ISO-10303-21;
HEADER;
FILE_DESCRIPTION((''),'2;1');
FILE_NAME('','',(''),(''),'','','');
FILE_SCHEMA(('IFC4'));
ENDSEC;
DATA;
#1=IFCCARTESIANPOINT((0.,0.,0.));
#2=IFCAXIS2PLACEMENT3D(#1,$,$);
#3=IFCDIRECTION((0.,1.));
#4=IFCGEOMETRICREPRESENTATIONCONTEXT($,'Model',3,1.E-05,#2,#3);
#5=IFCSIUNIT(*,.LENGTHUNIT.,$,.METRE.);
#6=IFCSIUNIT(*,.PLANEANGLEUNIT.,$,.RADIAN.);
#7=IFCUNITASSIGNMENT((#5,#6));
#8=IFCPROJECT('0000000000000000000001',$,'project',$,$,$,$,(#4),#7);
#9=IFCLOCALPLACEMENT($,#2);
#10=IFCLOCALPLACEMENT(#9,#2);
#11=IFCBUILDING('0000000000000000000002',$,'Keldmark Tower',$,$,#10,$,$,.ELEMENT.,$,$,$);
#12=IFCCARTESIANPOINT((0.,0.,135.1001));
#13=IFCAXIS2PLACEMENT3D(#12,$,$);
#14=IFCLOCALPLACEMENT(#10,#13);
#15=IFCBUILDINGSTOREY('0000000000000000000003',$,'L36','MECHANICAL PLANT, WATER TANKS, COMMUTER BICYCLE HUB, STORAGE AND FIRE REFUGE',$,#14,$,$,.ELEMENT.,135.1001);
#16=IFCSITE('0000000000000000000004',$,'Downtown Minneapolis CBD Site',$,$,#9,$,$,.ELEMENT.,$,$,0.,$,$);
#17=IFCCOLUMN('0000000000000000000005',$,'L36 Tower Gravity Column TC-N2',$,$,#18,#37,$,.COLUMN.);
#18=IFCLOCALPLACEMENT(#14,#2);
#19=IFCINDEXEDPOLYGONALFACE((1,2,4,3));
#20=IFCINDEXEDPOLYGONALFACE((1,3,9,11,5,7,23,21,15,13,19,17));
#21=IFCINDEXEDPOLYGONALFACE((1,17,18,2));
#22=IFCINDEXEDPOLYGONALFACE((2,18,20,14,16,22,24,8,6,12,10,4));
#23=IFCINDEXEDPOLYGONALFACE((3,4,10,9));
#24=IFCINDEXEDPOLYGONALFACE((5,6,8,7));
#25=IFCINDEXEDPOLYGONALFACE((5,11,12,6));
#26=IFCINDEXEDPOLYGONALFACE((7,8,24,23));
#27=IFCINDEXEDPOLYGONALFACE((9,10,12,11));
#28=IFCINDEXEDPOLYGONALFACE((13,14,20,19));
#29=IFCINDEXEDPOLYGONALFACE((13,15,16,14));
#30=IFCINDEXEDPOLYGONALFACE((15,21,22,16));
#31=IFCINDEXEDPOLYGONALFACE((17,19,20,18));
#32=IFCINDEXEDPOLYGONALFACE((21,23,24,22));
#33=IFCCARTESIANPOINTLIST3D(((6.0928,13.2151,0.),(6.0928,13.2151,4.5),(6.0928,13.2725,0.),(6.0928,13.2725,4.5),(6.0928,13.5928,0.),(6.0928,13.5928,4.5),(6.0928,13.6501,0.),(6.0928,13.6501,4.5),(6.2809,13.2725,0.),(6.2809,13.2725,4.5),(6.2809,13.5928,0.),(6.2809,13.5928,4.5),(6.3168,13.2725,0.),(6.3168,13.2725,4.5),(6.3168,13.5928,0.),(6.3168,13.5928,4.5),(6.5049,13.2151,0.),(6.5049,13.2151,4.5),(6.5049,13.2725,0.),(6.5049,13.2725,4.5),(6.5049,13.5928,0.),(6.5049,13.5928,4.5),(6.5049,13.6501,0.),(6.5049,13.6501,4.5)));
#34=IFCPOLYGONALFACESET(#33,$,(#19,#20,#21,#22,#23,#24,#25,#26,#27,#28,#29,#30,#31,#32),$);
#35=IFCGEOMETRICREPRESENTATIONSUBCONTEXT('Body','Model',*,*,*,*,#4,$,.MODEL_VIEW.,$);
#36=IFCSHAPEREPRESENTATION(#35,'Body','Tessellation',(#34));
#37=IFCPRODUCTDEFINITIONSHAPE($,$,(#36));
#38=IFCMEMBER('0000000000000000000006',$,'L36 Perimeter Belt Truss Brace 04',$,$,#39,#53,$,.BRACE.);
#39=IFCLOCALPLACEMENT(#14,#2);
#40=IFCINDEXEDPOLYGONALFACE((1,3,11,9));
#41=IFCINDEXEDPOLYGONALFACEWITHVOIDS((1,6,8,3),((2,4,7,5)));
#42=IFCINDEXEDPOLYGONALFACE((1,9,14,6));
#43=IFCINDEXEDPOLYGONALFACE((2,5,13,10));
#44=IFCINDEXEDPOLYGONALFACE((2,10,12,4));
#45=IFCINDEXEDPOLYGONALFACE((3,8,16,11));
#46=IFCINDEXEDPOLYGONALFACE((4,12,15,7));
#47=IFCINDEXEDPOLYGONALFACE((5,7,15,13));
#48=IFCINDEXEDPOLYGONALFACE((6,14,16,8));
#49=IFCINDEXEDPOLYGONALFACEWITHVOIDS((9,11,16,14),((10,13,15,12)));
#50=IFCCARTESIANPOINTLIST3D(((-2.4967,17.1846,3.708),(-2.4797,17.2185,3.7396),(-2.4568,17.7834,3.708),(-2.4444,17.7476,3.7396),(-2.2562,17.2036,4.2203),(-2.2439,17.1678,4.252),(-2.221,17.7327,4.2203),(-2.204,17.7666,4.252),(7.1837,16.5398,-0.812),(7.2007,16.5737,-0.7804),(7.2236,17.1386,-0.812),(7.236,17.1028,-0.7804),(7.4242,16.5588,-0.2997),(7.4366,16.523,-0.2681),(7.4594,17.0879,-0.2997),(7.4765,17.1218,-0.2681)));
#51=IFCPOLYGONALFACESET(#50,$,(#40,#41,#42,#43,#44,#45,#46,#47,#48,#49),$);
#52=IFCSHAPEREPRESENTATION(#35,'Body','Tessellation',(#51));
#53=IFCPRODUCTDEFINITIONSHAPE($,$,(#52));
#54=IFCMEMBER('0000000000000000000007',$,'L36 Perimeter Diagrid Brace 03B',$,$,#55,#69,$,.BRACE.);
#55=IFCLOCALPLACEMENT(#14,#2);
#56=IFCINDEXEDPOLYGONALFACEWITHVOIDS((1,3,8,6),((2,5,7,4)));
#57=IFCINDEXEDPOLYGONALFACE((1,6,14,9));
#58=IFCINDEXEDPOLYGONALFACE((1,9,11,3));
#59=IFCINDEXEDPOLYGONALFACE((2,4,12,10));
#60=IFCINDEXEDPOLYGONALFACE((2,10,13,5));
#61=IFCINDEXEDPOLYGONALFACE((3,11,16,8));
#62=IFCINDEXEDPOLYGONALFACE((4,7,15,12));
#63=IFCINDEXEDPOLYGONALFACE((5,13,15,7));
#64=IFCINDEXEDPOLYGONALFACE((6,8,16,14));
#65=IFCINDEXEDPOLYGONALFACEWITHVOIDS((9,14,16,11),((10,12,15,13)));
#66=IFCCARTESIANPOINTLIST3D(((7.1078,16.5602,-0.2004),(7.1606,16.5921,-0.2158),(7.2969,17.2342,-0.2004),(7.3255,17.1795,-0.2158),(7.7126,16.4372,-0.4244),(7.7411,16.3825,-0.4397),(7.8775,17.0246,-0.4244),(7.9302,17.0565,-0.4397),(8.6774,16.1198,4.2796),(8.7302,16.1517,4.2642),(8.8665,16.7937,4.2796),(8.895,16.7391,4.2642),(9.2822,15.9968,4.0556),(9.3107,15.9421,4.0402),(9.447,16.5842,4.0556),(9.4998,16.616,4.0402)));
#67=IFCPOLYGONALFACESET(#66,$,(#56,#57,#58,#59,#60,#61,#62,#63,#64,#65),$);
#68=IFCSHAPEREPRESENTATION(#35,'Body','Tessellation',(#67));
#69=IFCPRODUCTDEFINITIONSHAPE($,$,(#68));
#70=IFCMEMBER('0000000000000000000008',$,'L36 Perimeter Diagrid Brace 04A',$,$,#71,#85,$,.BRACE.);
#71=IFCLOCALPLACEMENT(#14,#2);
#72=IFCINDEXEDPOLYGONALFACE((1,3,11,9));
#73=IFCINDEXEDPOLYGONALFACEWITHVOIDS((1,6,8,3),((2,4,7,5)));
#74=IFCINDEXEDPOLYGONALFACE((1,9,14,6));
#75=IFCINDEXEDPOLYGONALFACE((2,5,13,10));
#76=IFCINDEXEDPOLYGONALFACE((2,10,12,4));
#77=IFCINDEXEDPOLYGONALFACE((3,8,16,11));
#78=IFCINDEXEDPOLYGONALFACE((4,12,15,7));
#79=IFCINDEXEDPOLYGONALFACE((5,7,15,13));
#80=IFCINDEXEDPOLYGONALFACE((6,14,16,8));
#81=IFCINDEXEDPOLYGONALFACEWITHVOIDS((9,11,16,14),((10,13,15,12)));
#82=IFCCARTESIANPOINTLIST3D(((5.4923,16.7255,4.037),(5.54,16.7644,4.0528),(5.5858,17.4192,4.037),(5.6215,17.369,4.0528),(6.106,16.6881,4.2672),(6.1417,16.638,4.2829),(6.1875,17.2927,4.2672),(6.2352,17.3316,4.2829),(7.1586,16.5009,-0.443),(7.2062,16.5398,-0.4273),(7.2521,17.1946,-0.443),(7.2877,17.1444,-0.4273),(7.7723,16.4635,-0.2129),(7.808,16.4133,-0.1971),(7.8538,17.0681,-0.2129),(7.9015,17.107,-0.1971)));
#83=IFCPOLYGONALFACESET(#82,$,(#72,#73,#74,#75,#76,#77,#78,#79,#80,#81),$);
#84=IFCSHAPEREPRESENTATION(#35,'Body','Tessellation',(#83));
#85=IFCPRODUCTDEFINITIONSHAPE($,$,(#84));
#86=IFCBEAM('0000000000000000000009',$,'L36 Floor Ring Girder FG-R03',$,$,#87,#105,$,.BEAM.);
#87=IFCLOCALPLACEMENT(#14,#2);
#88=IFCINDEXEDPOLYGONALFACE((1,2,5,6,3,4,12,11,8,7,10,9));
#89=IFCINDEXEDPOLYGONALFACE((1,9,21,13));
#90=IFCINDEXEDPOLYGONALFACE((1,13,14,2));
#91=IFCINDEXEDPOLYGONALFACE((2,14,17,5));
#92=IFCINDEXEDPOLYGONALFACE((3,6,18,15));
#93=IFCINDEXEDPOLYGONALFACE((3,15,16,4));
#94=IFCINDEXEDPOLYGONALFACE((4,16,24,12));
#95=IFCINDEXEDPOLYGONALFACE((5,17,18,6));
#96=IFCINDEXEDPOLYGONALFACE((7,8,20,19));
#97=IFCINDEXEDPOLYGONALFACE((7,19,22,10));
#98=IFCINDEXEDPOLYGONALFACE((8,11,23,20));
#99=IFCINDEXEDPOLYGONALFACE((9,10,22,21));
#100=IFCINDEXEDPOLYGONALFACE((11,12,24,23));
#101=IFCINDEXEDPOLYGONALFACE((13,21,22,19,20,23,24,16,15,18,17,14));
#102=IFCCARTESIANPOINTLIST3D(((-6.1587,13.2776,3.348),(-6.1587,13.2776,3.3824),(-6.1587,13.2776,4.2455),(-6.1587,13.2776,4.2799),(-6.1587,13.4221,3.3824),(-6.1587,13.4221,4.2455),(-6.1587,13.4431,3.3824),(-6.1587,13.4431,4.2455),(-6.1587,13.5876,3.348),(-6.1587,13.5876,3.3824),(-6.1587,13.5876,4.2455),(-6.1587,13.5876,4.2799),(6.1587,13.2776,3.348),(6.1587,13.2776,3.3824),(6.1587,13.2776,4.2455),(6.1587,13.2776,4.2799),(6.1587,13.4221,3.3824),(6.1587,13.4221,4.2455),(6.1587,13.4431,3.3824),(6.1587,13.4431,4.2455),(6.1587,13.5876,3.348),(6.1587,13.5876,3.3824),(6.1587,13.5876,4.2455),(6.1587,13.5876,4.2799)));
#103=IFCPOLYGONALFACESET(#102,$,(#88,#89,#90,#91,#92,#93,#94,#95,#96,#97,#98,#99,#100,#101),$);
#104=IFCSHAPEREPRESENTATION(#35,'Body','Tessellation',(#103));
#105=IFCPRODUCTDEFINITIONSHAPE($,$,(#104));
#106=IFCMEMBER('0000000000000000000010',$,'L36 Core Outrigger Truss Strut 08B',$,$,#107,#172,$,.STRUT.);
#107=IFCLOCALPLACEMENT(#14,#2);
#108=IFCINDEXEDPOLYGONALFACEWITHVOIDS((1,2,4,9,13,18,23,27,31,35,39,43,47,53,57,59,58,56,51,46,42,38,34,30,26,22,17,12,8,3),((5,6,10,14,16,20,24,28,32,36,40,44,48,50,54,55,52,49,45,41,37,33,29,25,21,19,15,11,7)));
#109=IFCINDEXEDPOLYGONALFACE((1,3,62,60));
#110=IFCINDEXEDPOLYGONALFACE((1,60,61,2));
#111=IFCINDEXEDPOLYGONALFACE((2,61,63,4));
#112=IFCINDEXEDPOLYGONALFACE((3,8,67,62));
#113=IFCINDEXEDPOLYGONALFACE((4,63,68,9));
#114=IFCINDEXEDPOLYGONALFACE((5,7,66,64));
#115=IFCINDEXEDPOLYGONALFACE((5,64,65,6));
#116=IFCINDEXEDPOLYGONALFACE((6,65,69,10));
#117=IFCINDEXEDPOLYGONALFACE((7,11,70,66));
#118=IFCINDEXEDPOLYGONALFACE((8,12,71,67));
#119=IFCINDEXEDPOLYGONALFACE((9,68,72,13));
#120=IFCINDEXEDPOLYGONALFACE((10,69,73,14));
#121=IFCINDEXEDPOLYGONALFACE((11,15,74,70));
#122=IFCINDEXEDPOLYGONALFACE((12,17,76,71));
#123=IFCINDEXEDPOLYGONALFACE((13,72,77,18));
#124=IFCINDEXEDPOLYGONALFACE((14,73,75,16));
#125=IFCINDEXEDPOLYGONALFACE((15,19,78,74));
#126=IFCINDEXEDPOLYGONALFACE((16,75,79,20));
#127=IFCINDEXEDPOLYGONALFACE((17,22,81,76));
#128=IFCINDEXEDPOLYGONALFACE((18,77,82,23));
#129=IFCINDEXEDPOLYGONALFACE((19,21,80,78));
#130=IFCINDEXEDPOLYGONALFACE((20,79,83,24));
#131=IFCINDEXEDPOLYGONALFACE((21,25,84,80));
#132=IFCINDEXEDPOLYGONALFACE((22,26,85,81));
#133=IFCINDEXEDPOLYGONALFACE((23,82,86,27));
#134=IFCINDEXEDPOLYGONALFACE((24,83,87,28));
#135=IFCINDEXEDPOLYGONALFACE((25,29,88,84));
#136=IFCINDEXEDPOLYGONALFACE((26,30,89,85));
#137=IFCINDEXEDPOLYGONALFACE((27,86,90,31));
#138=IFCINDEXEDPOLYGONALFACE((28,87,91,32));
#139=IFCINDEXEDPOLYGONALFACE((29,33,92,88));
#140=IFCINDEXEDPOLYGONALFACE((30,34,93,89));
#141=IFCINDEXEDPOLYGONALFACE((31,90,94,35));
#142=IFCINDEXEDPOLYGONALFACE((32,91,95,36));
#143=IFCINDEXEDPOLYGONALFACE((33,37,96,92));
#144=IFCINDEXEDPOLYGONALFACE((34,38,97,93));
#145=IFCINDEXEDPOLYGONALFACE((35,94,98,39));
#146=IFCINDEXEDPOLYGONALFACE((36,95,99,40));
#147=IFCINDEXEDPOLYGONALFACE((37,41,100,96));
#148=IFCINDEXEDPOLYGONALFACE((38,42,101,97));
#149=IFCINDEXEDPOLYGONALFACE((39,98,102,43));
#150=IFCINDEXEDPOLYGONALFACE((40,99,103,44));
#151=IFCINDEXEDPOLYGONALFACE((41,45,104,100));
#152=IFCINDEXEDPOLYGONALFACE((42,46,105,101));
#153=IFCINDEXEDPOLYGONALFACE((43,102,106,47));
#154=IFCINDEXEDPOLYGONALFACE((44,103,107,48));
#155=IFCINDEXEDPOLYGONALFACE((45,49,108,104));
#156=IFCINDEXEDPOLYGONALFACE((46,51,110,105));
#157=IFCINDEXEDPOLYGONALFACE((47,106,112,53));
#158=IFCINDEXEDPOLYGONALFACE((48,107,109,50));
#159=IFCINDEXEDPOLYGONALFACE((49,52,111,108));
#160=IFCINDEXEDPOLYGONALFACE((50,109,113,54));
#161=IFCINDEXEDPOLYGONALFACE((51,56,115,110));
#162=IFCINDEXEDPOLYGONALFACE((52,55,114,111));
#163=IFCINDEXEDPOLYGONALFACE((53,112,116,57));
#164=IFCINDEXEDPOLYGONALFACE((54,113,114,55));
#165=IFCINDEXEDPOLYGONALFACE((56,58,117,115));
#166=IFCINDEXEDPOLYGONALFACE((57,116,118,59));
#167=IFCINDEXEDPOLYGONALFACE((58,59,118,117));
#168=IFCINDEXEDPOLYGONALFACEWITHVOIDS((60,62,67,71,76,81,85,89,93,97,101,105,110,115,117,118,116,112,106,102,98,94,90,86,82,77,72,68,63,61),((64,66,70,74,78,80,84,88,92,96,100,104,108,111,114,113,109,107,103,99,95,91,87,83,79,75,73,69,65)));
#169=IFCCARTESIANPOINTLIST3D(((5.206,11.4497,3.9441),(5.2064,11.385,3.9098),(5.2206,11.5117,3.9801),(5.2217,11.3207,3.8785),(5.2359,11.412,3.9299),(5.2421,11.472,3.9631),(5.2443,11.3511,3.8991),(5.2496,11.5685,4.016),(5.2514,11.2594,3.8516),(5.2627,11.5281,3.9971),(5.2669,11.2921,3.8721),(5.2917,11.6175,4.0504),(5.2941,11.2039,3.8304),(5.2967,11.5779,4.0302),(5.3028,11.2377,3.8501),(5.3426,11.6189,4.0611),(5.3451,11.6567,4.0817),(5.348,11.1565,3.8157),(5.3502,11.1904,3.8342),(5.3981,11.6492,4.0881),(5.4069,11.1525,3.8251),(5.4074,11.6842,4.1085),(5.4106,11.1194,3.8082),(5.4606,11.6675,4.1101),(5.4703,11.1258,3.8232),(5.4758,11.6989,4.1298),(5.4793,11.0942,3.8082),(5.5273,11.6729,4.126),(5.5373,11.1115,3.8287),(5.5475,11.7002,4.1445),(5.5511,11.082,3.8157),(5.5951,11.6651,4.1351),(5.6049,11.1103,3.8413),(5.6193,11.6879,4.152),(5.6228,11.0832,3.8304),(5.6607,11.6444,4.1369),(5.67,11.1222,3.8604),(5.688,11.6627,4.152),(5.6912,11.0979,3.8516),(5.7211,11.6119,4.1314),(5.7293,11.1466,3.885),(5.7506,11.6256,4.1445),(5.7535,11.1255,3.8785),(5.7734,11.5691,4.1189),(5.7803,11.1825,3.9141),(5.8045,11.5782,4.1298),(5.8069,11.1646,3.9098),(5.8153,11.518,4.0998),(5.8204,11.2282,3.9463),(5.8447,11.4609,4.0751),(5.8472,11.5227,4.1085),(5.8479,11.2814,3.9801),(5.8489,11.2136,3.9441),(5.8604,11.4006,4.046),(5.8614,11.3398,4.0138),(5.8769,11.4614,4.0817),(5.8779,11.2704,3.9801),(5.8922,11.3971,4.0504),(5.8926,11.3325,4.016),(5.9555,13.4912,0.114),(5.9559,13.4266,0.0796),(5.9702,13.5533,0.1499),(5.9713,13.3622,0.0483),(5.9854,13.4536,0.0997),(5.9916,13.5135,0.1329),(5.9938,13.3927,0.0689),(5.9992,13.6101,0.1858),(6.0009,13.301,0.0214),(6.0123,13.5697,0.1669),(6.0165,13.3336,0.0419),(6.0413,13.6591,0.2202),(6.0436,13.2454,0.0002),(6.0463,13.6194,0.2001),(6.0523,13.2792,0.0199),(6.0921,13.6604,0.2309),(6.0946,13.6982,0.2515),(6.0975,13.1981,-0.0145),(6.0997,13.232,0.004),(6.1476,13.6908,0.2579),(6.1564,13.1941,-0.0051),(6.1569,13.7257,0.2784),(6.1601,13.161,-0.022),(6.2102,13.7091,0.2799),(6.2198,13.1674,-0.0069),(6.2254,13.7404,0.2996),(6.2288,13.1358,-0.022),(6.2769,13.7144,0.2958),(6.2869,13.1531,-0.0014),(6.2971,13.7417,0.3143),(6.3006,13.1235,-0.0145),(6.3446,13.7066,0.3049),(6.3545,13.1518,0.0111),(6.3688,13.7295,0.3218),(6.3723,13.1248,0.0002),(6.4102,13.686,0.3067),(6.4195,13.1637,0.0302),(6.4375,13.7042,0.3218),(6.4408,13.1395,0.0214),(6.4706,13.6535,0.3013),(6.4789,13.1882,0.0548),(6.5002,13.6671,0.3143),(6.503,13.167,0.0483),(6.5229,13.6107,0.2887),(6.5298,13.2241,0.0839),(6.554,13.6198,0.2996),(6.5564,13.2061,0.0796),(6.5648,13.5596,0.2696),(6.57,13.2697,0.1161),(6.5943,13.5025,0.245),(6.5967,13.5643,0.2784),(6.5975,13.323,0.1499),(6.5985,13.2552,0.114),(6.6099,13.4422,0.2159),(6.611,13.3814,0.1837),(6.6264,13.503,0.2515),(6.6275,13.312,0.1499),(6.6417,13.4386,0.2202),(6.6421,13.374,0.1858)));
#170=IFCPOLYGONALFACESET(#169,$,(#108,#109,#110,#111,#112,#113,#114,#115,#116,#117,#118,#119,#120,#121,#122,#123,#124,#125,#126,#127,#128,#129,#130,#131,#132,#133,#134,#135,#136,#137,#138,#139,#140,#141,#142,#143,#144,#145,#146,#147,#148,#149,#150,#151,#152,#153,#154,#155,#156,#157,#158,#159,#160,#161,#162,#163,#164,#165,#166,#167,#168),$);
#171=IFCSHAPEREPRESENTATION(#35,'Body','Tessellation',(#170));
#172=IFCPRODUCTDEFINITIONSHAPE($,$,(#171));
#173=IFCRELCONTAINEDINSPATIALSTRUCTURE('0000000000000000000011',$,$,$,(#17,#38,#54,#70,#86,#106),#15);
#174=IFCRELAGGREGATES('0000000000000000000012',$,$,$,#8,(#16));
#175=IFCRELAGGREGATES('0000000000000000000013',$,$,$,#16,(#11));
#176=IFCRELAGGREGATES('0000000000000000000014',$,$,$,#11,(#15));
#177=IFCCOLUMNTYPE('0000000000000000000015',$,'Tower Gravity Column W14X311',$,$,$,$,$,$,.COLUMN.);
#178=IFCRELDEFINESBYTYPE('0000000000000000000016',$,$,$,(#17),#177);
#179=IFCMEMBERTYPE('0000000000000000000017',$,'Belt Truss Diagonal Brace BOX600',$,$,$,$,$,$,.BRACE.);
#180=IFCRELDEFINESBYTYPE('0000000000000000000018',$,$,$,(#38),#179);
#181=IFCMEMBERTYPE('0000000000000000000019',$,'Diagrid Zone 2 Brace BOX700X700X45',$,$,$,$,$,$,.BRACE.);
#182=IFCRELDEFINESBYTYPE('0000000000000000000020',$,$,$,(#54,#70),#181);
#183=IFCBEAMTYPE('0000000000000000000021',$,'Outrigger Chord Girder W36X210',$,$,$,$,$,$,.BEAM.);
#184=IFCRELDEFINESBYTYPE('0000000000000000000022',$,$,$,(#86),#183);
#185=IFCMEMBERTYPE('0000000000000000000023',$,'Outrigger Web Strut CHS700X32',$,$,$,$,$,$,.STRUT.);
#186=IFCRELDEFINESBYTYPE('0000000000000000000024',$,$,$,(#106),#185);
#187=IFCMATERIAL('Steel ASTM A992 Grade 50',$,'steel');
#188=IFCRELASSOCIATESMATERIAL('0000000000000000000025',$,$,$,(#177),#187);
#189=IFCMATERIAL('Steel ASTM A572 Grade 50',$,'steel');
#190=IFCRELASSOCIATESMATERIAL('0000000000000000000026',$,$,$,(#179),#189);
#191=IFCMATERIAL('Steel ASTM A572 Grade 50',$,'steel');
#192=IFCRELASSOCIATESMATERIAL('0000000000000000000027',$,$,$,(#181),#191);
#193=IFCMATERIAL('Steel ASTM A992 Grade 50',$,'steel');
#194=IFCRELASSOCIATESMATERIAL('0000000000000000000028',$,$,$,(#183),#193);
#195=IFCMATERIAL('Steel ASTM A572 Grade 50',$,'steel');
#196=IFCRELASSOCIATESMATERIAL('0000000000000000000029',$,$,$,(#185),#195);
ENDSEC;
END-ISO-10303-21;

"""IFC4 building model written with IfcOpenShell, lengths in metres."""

from ifc_helpers import new_model, si_unit, direction, frame, origin, origin_2d, place, context, subcontext, project, spatial, hollow_rectangle, hollow_circle, i_section, extrude, material, material_profile, profile_set, type_object, element, save


model = new_model("IFC4")

# Units and contexts
model_context = context("Model", 3, precision=1e-05, world=origin(), true_north=direction((0.0, 1.0)))
body_context = subcontext(model_context, "Body", "Model", "MODEL_VIEW")
ifc_project = project(units=[si_unit("LENGTHUNIT", "METRE"), si_unit("PLANEANGLEUNIT", "RADIAN")], contexts=[model_context])

# Site, building, storey
site_placement = place(None, origin())
site = spatial("IfcSite", under=ifc_project, at=site_placement, Name="Downtown Minneapolis CBD Site", CompositionType="ELEMENT", RefElevation=0.0)
building_placement = place(site_placement, origin())
building = spatial("IfcBuilding", under=site, at=building_placement, Name="Keldmark Tower", CompositionType="ELEMENT")
storey_placement = place(building_placement, frame((0.0, 0.0, 135.1001)))
storey = spatial("IfcBuildingStorey", under=building, at=storey_placement, Name="L36", Description="MECHANICAL PLANT, WATER TANKS, COMMUTER BICYCLE HUB, STORAGE AND FIRE REFUGE", CompositionType="ELEMENT", Elevation=135.1001)

# Column
ifc_material_1 = material(Name="Steel ASTM A992 Grade 50", Category="steel")
ifc_material_profile_1 = material_profile(ifc_material_1, i_section(OverallWidth=0.4121, OverallDepth=0.4351, WebThickness=0.0359, FlangeThickness=0.0574, at=origin_2d()), Name="W14X311")
ifc_profile_set_1 = profile_set([ifc_material_profile_1], Name="Steel ASTM A992 Grade 50")
column_type = type_object("IfcColumnType", Name="Tower Gravity Column W14X311", PredefinedType="COLUMN", material=ifc_profile_set_1)
column_placement = place(storey_placement, frame((6.2988, 13.4326, 0.0), z_axis=(0.0, 0.0, 1.0), x_axis=(1.0, 0.0, 0.0)))
element("IfcColumn", 1, at=column_placement, inside=storey, type_object=column_type, Name="L36 Tower Gravity Column TC-N2", PredefinedType="COLUMN", context=body_context, shape_type="SweptSolid", body=[
    extrude(i_section(OverallWidth=0.4121, OverallDepth=0.4351, WebThickness=0.0359, FlangeThickness=0.0574, at=origin_2d()), origin(), (0.0, 0.0, 1.0), 4.5),
])

# Members
ifc_material_2 = material(Name="Steel ASTM A572 Grade 50", Category="steel")
ifc_material_profile_2 = material_profile(ifc_material_2, hollow_rectangle(XDim=0.6001, YDim=0.6001, WallThickness=0.0349, at=origin_2d()), Name="BOX600X600X35")
ifc_profile_set_2 = profile_set([ifc_material_profile_2], Name="Steel ASTM A572 Grade 50")
member_type_1 = type_object("IfcMemberType", Name="Belt Truss Diagonal Brace BOX600", PredefinedType="BRACE", material=ifc_profile_set_2)
member_1_placement = place(storey_placement, frame((7.3301, 16.8308, -0.54), z_axis=(-0.904448, 0.060242, 0.422308), x_axis=(-0.066459, -0.997789, 0.0)))
element("IfcMember", 2, at=member_1_placement, inside=storey, type_object=member_type_1, Name="L36 Perimeter Belt Truss Brace 04", PredefinedType="BRACE", context=body_context, shape_type="SweptSolid", body=[
    extrude(hollow_rectangle(XDim=0.6001, YDim=0.6001, WallThickness=0.0349, at=origin_2d()), origin(), (0.0, 0.0, 1.0), 10.7031),
])
ifc_material_3 = material(Name="Steel ASTM A572 Grade 50", Category="steel")
ifc_material_profile_3 = material_profile(ifc_material_3, hollow_rectangle(XDim=0.7, YDim=0.7, WallThickness=0.0449, at=origin_2d()), Name="BOX700X700X45")
ifc_profile_set_3 = profile_set([ifc_material_profile_3], Name="Steel ASTM A572 Grade 50")
member_type_2 = type_object("IfcMemberType", Name="Diagrid Zone 2 Brace BOX700X700X45", PredefinedType="BRACE", material=ifc_profile_set_3)
member_2_placement = place(storey_placement, frame((7.519, 16.8083, -0.3201), z_axis=(0.329234, -0.092384, 0.939718), x_axis=(0.270169, 0.962813, 0.0)))
element("IfcMember", 3, at=member_2_placement, inside=storey, type_object=member_type_2, Name="L36 Perimeter Diagrid Brace 03B", PredefinedType="BRACE", context=body_context, shape_type="SweptSolid", body=[
    extrude(hollow_rectangle(XDim=0.7, YDim=0.7, WallThickness=0.0449, at=origin_2d()), origin(), (0.0, 0.0, 1.0), 4.7673),
])
member_3_placement = place(storey_placement, frame((7.53, 16.804, -0.3201), z_axis=(-0.348219, 0.046939, 0.936237), x_axis=(-0.13359, -0.991037, 0.0)))
element("IfcMember", 4, at=member_3_placement, inside=storey, type_object=member_type_2, Name="L36 Perimeter Diagrid Brace 04A", PredefinedType="BRACE", context=body_context, shape_type="SweptSolid", body=[
    extrude(hollow_rectangle(XDim=0.7, YDim=0.7, WallThickness=0.0449, at=origin_2d()), origin(), (0.0, 0.0, 1.0), 4.7852),
])

# Beam
ifc_material_4 = material(Name="Steel ASTM A992 Grade 50", Category="steel")
ifc_material_profile_4 = material_profile(ifc_material_4, i_section(OverallWidth=0.3101, OverallDepth=0.9319, WebThickness=0.021, FlangeThickness=0.0344, at=origin_2d()), Name="W36X210")
ifc_profile_set_4 = profile_set([ifc_material_profile_4], Name="Steel ASTM A992 Grade 50")
beam_type_1 = type_object("IfcBeamType", Name="Outrigger Chord Girder W36X210", PredefinedType="BEAM", material=ifc_profile_set_4)
beam_1_placement = place(storey_placement, frame((6.1587, 13.4326, 3.814), z_axis=(-1.0, 0.0, 0.0), x_axis=(0.0, -1.0, 0.0)))
element("IfcBeam", 5, at=beam_1_placement, inside=storey, type_object=beam_type_1, Name="L36 Floor Ring Girder FG-R03", PredefinedType="BEAM", context=body_context, shape_type="SweptSolid", body=[
    extrude(i_section(OverallWidth=0.3101, OverallDepth=0.9319, WebThickness=0.021, FlangeThickness=0.0344, at=origin_2d()), origin(), (0.0, 0.0, 1.0), 12.3174),
])

# Member
ifc_material_5 = material(Name="Steel ASTM A572 Grade 50", Category="steel")
ifc_material_profile_5 = material_profile(ifc_material_5, hollow_circle(Radius=0.3501, WallThickness=0.032, at=origin_2d()), Name="CHS700X32")
ifc_profile_set_5 = profile_set([ifc_material_profile_5], Name="Steel ASTM A572 Grade 50")
member_type_3 = type_object("IfcMemberType", Name="Outrigger Web Strut CHS700X32", PredefinedType="STRUT", material=ifc_profile_set_5)
member_4_placement = place(storey_placement, frame((6.2988, 13.4326, 0.1499), z_axis=(-0.170172, -0.463511, 0.869597), x_axis=(0.938734, -0.344644, 0.0)))
element("IfcMember", 6, at=member_4_placement, inside=storey, type_object=member_type_3, Name="L36 Core Outrigger Truss Strut 08B", PredefinedType="STRUT", context=body_context, shape_type="SweptSolid", body=[
    extrude(hollow_circle(Radius=0.3501, WallThickness=0.032, at=origin_2d()), origin(), (0.0, 0.0, 1.0), 4.4045),
])

save(model, "model.ifc")
